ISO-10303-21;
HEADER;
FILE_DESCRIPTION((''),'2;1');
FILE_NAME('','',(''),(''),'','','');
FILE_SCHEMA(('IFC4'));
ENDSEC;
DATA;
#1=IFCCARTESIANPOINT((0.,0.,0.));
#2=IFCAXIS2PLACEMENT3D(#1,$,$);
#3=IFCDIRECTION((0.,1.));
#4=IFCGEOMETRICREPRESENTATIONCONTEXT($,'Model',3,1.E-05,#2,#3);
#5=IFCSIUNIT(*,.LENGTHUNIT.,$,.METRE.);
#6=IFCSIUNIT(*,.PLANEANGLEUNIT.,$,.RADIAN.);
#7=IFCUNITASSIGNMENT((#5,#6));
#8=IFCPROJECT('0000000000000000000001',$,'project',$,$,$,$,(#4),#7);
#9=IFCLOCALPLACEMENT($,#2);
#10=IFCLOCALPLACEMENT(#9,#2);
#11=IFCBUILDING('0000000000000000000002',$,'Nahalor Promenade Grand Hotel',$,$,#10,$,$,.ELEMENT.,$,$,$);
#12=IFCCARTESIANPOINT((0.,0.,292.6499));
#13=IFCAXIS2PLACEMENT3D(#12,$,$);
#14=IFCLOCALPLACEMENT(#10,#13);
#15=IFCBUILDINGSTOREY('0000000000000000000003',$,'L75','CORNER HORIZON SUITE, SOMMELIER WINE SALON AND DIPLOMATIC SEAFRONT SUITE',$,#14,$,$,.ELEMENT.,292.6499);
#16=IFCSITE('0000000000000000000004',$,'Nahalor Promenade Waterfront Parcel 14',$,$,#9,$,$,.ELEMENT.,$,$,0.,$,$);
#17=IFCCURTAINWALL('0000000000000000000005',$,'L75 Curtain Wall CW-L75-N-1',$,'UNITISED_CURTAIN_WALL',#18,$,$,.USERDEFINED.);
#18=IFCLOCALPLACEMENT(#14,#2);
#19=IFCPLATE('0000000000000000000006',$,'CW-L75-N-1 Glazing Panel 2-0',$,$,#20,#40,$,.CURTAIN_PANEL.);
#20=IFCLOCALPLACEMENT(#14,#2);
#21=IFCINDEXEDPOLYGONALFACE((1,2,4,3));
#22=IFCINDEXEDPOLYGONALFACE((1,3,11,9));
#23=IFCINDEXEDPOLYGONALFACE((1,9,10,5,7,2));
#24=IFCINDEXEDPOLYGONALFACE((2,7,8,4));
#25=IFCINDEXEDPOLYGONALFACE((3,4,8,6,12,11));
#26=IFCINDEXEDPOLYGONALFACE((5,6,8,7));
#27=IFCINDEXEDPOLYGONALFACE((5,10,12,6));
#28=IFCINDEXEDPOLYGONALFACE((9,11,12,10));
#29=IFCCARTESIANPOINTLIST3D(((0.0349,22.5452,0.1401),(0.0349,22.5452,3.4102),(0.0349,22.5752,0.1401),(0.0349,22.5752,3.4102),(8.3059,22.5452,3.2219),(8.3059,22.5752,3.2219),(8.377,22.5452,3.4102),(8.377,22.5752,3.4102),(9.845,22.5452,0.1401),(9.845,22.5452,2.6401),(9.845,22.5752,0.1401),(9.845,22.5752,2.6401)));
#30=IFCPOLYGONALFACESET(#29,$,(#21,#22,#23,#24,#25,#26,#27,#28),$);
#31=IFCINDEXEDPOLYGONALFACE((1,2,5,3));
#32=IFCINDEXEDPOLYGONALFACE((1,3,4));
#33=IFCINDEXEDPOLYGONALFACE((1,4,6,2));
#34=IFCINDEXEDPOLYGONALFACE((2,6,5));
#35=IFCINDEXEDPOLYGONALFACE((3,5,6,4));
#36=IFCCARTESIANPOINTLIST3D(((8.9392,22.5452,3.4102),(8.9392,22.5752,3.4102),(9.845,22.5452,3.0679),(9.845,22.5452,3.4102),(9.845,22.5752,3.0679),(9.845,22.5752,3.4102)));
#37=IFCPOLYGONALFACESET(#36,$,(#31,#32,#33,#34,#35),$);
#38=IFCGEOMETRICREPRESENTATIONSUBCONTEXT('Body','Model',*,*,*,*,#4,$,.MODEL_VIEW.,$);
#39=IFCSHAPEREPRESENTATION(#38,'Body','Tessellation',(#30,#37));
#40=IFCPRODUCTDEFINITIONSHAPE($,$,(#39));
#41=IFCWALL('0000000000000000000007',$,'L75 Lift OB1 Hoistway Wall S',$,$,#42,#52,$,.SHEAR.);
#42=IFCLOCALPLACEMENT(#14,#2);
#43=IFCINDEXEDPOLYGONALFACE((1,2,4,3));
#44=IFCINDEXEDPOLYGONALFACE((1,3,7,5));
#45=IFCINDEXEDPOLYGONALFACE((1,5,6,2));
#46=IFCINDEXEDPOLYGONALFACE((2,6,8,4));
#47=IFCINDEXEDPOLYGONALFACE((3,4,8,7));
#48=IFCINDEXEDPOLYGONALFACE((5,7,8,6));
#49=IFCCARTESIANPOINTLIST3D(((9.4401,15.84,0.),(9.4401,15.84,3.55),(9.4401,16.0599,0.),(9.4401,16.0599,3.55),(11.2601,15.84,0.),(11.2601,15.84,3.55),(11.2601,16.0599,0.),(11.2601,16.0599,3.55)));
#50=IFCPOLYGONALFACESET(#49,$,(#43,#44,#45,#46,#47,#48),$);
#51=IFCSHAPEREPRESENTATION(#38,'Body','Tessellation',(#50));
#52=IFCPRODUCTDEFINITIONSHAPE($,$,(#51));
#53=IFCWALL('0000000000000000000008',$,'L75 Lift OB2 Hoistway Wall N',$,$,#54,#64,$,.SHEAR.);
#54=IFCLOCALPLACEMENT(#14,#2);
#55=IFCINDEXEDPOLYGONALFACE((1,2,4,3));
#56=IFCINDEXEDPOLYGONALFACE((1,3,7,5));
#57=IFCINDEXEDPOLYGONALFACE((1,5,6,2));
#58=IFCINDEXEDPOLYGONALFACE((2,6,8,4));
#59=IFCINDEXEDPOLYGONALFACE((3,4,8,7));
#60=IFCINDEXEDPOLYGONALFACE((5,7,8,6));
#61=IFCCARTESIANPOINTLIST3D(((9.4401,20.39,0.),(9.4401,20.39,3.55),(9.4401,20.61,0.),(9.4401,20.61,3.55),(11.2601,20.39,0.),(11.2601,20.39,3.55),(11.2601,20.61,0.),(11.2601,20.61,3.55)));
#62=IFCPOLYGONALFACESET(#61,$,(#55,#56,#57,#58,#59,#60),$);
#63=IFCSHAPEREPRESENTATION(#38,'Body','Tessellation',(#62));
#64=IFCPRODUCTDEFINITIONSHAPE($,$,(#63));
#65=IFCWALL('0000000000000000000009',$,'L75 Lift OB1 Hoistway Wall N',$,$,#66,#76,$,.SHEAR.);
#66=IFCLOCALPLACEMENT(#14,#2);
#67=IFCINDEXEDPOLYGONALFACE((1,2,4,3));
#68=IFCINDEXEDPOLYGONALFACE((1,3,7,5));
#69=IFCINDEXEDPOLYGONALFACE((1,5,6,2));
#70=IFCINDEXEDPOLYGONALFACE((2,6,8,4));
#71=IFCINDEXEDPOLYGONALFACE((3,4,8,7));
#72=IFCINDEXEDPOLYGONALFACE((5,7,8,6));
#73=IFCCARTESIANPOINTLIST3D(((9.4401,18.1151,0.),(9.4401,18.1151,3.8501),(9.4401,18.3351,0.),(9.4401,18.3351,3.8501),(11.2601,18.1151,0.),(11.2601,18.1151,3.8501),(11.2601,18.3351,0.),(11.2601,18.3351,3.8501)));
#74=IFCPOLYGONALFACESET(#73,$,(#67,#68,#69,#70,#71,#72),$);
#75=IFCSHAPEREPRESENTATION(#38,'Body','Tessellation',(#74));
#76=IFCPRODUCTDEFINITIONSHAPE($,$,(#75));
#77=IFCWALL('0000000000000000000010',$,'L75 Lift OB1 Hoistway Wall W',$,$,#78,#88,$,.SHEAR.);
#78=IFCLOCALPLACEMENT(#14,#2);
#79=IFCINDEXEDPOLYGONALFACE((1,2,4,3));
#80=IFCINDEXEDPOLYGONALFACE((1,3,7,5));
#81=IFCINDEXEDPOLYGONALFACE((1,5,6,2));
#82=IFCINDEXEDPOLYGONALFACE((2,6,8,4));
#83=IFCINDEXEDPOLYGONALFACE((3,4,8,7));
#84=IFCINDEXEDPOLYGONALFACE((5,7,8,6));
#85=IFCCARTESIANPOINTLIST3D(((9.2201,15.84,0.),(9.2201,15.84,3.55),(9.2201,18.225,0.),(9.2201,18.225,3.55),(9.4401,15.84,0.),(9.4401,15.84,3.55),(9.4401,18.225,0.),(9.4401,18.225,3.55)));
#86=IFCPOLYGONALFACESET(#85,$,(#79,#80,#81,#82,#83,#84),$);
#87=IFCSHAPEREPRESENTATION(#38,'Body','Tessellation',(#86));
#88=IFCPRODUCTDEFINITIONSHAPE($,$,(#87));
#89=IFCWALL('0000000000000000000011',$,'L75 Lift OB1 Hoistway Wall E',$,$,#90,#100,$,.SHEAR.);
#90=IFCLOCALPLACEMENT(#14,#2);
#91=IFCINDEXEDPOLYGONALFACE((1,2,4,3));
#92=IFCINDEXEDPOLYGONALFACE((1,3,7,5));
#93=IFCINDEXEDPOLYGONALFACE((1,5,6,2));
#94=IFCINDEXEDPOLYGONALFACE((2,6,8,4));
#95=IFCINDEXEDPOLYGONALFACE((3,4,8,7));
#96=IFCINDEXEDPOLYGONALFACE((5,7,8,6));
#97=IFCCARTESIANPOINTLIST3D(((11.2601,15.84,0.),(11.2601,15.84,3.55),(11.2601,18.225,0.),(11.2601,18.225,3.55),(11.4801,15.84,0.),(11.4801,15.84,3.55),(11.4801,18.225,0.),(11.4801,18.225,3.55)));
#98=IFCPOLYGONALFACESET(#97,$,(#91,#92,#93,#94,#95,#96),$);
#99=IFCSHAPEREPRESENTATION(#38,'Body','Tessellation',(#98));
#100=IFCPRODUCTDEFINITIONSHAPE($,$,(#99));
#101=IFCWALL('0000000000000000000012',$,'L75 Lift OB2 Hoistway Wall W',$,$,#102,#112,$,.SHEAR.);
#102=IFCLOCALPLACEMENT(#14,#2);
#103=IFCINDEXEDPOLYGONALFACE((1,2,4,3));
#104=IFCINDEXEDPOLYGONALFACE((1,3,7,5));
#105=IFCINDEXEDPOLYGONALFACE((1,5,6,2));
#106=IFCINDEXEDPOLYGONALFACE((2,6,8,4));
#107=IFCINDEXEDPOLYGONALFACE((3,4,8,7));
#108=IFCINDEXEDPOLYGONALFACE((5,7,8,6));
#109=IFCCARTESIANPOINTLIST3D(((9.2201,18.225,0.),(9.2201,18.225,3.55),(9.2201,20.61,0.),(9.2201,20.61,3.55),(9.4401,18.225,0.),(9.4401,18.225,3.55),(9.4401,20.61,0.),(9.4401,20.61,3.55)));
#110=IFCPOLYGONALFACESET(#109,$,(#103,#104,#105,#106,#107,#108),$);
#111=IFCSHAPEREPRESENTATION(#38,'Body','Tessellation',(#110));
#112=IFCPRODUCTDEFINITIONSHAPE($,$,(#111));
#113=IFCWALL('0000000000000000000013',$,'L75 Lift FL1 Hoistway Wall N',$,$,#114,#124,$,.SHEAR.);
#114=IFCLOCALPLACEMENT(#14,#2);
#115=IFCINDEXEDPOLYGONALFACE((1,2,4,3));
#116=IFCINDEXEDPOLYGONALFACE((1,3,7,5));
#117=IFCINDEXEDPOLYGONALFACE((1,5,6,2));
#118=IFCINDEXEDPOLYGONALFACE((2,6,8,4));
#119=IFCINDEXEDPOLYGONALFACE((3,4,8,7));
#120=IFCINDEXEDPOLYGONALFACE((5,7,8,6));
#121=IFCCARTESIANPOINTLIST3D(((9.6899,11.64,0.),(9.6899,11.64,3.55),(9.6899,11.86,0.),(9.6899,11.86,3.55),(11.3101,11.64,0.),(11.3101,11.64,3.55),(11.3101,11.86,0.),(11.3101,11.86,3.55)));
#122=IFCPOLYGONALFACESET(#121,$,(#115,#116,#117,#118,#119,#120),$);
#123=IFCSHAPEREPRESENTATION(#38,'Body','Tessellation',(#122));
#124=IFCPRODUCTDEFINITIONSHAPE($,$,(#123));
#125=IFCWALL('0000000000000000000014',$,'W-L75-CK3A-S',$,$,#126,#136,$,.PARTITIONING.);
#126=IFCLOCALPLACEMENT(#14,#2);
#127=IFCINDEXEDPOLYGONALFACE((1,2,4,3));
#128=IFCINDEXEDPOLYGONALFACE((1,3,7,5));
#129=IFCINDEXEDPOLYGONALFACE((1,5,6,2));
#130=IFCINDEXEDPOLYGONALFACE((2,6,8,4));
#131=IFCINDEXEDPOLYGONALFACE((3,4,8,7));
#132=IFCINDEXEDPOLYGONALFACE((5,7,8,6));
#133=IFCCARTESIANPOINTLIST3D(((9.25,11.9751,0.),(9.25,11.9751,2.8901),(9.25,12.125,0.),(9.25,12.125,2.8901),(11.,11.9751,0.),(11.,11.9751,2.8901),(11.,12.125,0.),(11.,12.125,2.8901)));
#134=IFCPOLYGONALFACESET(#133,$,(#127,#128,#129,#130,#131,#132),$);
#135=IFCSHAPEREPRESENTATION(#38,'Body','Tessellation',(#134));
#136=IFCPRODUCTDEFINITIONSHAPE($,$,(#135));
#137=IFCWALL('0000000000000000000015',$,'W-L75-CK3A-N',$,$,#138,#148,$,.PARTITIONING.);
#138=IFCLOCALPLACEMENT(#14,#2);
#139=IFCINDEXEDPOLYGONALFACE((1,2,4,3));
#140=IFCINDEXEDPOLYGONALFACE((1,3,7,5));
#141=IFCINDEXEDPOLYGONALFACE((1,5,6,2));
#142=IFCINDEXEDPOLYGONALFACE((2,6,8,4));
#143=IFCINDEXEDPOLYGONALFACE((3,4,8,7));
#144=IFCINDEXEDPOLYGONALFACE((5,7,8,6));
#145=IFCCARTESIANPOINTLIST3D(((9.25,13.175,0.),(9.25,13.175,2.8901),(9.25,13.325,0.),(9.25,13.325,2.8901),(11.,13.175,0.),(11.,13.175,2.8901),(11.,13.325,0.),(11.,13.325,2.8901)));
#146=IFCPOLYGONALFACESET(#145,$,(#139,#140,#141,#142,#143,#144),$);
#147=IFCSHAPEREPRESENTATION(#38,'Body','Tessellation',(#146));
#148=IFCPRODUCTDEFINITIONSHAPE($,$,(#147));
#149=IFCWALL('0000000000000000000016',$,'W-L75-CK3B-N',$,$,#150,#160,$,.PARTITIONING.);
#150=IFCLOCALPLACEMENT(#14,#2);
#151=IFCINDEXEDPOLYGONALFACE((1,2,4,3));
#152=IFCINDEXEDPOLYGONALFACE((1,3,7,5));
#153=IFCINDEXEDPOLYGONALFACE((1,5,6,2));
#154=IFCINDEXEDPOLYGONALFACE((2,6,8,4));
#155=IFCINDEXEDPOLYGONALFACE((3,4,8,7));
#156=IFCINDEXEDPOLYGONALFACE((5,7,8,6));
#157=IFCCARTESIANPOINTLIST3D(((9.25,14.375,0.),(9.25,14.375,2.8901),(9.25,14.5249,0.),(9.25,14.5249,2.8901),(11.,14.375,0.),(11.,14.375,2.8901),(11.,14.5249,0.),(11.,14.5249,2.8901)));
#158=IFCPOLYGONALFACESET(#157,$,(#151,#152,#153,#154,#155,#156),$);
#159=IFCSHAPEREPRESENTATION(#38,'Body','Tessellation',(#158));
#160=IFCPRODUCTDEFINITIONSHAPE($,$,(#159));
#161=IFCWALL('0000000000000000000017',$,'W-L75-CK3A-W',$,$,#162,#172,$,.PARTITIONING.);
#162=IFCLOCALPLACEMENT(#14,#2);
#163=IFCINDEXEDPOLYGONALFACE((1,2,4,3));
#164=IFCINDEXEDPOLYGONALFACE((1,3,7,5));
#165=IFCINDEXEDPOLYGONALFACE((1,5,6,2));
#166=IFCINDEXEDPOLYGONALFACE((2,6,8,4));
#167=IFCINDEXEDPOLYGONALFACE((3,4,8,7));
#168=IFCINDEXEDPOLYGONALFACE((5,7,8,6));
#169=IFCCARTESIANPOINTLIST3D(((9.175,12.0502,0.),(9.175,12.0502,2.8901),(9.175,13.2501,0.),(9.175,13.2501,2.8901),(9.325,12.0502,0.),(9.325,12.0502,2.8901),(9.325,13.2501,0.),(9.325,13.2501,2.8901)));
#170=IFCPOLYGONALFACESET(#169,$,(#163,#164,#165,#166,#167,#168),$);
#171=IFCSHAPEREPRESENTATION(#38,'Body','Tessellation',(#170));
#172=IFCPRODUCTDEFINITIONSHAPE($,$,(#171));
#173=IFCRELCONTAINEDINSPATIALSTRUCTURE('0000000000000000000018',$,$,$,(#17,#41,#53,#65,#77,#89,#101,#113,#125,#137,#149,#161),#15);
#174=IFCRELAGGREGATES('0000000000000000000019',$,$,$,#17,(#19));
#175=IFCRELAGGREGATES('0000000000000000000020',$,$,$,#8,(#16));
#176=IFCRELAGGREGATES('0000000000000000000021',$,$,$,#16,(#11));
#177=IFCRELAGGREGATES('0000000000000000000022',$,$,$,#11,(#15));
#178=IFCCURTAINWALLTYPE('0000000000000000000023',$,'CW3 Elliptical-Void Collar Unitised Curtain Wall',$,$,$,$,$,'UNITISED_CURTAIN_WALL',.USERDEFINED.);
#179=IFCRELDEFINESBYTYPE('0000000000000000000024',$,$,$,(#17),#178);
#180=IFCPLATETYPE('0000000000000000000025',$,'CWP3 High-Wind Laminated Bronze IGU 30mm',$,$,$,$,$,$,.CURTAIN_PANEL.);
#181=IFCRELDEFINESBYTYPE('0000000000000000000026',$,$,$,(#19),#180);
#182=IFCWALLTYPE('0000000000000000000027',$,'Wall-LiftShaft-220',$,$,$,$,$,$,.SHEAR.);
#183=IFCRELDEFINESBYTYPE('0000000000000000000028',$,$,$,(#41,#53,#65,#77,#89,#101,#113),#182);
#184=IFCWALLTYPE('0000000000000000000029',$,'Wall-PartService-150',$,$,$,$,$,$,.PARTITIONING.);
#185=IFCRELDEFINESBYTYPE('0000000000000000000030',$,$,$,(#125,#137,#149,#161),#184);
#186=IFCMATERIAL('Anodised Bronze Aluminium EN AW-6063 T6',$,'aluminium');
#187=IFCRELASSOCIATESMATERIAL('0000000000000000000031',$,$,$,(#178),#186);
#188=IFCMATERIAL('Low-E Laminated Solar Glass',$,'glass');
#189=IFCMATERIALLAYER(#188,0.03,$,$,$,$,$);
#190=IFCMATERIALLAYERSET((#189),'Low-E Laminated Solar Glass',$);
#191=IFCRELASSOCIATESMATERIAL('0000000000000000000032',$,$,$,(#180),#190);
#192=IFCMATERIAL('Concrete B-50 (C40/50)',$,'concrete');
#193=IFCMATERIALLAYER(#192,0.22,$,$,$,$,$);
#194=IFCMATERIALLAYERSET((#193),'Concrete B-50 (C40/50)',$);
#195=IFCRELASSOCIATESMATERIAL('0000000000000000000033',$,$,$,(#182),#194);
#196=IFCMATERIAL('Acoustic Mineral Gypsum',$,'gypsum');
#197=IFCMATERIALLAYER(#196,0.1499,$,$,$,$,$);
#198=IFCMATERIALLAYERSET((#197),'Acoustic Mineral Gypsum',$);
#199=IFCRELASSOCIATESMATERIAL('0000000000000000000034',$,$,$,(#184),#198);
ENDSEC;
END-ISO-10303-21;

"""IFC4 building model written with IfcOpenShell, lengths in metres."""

from ifc_helpers import new_model, si_unit, direction, frame, frame_2d, origin, place, context, subcontext, project, spatial, polyline, rectangle, outline, extrude, source, transform, mapped, material, layer, layer_set, type_object, element, aggregate, save


model = new_model("IFC4")

# Units and contexts
model_context = context("Model", 3, precision=1e-05, world=origin(), true_north=direction((0.0, 1.0)))
body_context = subcontext(model_context, "Body", "Model", "MODEL_VIEW")
ifc_project = project(units=[si_unit("LENGTHUNIT", "METRE"), si_unit("PLANEANGLEUNIT", "RADIAN")], contexts=[model_context])

# Site, building, storey
site_placement = place(None, origin())
site = spatial("IfcSite", under=ifc_project, at=site_placement, Name="Nahalor Promenade Waterfront Parcel 14", CompositionType="ELEMENT", RefElevation=0.0)
building_placement = place(site_placement, origin())
building = spatial("IfcBuilding", under=site, at=building_placement, Name="Nahalor Promenade Grand Hotel", CompositionType="ELEMENT")
storey_placement = place(building_placement, frame((0.0, 0.0, 292.6499)))
storey = spatial("IfcBuildingStorey", under=building, at=storey_placement, Name="L75", Description="CORNER HORIZON SUITE, SOMMELIER WINE SALON AND DIPLOMATIC SEAFRONT SUITE", CompositionType="ELEMENT", Elevation=292.6499)

# Shared definitions
ifc_material_1 = material(Name="Concrete B-50 (C40/50)", Category="concrete")

# Curtain wall, plate
ifc_material_2 = material(Name="Anodised Bronze Aluminium EN AW-6063 T6", Category="aluminium")
curtain_wall_type = type_object("IfcCurtainWallType", Name="CW3 Elliptical-Void Collar Unitised Curtain Wall", ElementType="UNITISED_CURTAIN_WALL", PredefinedType="USERDEFINED", material=ifc_material_2)
curtain_wall_placement = place(storey_placement, origin())
curtain_wall = element("IfcCurtainWall", 1, at=curtain_wall_placement, inside=storey, type_object=curtain_wall_type, Name="L75 Curtain Wall CW-L75-N-1", ObjectType="UNITISED_CURTAIN_WALL", PredefinedType="USERDEFINED")
ifc_material_3 = material(Name="Low-E Laminated Solar Glass", Category="glass")
ifc_layer_1 = layer(ifc_material_3, 0.03)
ifc_layer_set_1 = layer_set([ifc_layer_1], Name="Low-E Laminated Solar Glass")
plate_type = type_object("IfcPlateType", Name="CWP3 High-Wind Laminated Bronze IGU 30mm", PredefinedType="CURTAIN_PANEL", material=ifc_layer_set_1)
plate_placement = place(storey_placement, frame((4.9399, 22.5601, 0.1401), z_axis=(0.0, 0.0, 1.0), x_axis=(1.0, 0.0, 0.0)))
plate = element("IfcPlate", 2, at=plate_placement, type_object=plate_type, Name="CW-L75-N-1 Glazing Panel 2-0", PredefinedType="CURTAIN_PANEL", context=body_context, shape_type="SweptSolid", body=[
    extrude(outline(polyline([(-4.905, 0.0), (4.905, 0.0), (4.905, 2.5), (3.366, 3.0818), (3.437, 3.27), (-4.905, 3.27), (-4.905, 0.0)])), frame((0.0, 0.0151, 0.0), z_axis=(0.0, -1.0, 0.0), x_axis=(1.0, 0.0, 0.0)), (0.0, 0.0, 1.0), 0.03),
    extrude(outline(polyline([(4.905, 2.9277), (4.905, 3.27), (3.9993, 3.27), (4.905, 2.9277)])), frame((0.0, 0.0151, 0.0), z_axis=(0.0, -1.0, 0.0), x_axis=(1.0, 0.0, 0.0)), (0.0, 0.0, 1.0), 0.03),
])
aggregate(curtain_wall, [plate])

# Walls
ifc_layer_2 = layer(ifc_material_1, 0.22)
ifc_layer_set_2 = layer_set([ifc_layer_2], Name="Concrete B-50 (C40/50)")
wall_type_1 = type_object("IfcWallType", Name="Wall-LiftShaft-220", PredefinedType="SHEAR", material=ifc_layer_set_2)
shared_shape_1 = source(origin(), body_context, "Body", "SweptSolid", [
    extrude(rectangle(XDim=1.8201, YDim=0.22, at=frame_2d((0.9102, 0.0))), origin(), (0.0, 0.0, 1.0), 3.55),
])
for number, where, z_axis, x_axis, name in (
    (3, (9.4399, 15.95, 0.0), (0.0, 0.0, 1.0), (1.0, 0.0, 0.0), "L75 Lift OB1 Hoistway Wall S"),
    (4, (9.4399, 20.5, 0.0), (0.0, 0.0, 1.0), (1.0, 0.0, 0.0), "L75 Lift OB2 Hoistway Wall N"),
):
    element("IfcWall", number, at=place(storey_placement, frame(where, z_axis=z_axis, x_axis=x_axis)), inside=storey, type_object=wall_type_1, Name=name, PredefinedType="SHEAR", context=body_context, shape_type="MappedRepresentation", body=[
        mapped(shared_shape_1, transform((0.0, 0.0, 0.0), scale=1.0)),
    ])
shared_shape_2 = source(origin(), body_context, "Body", "SweptSolid", [
    extrude(rectangle(XDim=1.8201, YDim=0.22, at=frame_2d((0.9102, 0.0))), origin(), (0.0, 0.0, 1.0), 3.8501),
])
wall_1_placement = place(storey_placement, frame((9.4399, 18.2251, 0.0), z_axis=(0.0, 0.0, 1.0), x_axis=(1.0, 0.0, 0.0)))
element("IfcWall", 5, at=wall_1_placement, inside=storey, type_object=wall_type_1, Name="L75 Lift OB1 Hoistway Wall N", PredefinedType="SHEAR", context=body_context, shape_type="MappedRepresentation", body=[
    mapped(shared_shape_2, transform((0.0, 0.0, 0.0), scale=1.0)),
])
shared_shape_3 = source(origin(), body_context, "Body", "SweptSolid", [
    extrude(rectangle(XDim=2.385, YDim=0.22, at=frame_2d((1.1924, 0.0))), origin(), (0.0, 0.0, 1.0), 3.55),
])
for number, where, z_axis, x_axis, name in (
    (6, (9.3301, 15.8401, 0.0), (0.0, 0.0, 1.0), (0.0, 1.0, 0.0), "L75 Lift OB1 Hoistway Wall W"),
    (7, (11.3701, 15.8401, 0.0), (0.0, 0.0, 1.0), (0.0, 1.0, 0.0), "L75 Lift OB1 Hoistway Wall E"),
    (8, (9.3301, 18.2251, 0.0), (0.0, 0.0, 1.0), (0.0, 1.0, 0.0), "L75 Lift OB2 Hoistway Wall W"),
):
    element("IfcWall", number, at=place(storey_placement, frame(where, z_axis=z_axis, x_axis=x_axis)), inside=storey, type_object=wall_type_1, Name=name, PredefinedType="SHEAR", context=body_context, shape_type="MappedRepresentation", body=[
        mapped(shared_shape_3, transform((0.0, 0.0, 0.0), scale=1.0)),
    ])
shared_shape_4 = source(origin(), body_context, "Body", "SweptSolid", [
    extrude(rectangle(XDim=1.6201, YDim=0.22, at=frame_2d((0.8101, 0.0))), origin(), (0.0, 0.0, 1.0), 3.55),
])
wall_2_placement = place(storey_placement, frame((9.6899, 11.75, 0.0), z_axis=(0.0, 0.0, 1.0), x_axis=(1.0, 0.0, 0.0)))
element("IfcWall", 9, at=wall_2_placement, inside=storey, type_object=wall_type_1, Name="L75 Lift FL1 Hoistway Wall N", PredefinedType="SHEAR", context=body_context, shape_type="MappedRepresentation", body=[
    mapped(shared_shape_4, transform((0.0, 0.0, 0.0), scale=1.0)),
])
ifc_material_4 = material(Name="Acoustic Mineral Gypsum", Category="gypsum")
ifc_layer_3 = layer(ifc_material_4, 0.1499)
ifc_layer_set_3 = layer_set([ifc_layer_3], Name="Acoustic Mineral Gypsum")
wall_type_2 = type_object("IfcWallType", Name="Wall-PartService-150", PredefinedType="PARTITIONING", material=ifc_layer_set_3)
shared_shape_5 = source(origin(), body_context, "Body", "SweptSolid", [
    extrude(rectangle(XDim=1.75, YDim=0.1499, at=frame_2d((0.875, 0.0))), origin(), (0.0, 0.0, 1.0), 2.8901),
])
for number, where, z_axis, x_axis, name in (
    (10, (9.25, 12.05, 0.0), (0.0, 0.0, 1.0), (1.0, 0.0, 0.0), "W-L75-CK3A-S"),
    (11, (9.25, 13.25, 0.0), (0.0, 0.0, 1.0), (1.0, 0.0, 0.0), "W-L75-CK3A-N"),
    (12, (9.25, 14.45, 0.0), (0.0, 0.0, 1.0), (1.0, 0.0, 0.0), "W-L75-CK3B-N"),
):
    element("IfcWall", number, at=place(storey_placement, frame(where, z_axis=z_axis, x_axis=x_axis)), inside=storey, type_object=wall_type_2, Name=name, PredefinedType="PARTITIONING", context=body_context, shape_type="MappedRepresentation", body=[
        mapped(shared_shape_5, transform((0.0, 0.0, 0.0), scale=1.0)),
    ])
shared_shape_6 = source(origin(), body_context, "Body", "SweptSolid", [
    extrude(rectangle(XDim=1.2, YDim=0.1499, at=frame_2d((0.6001, 0.0))), origin(), (0.0, 0.0, 1.0), 2.8901),
])
wall_3_placement = place(storey_placement, frame((9.25, 12.05, 0.0), z_axis=(0.0, 0.0, 1.0), x_axis=(0.0, 1.0, 0.0)))
element("IfcWall", 13, at=wall_3_placement, inside=storey, type_object=wall_type_2, Name="W-L75-CK3A-W", PredefinedType="PARTITIONING", context=body_context, shape_type="MappedRepresentation", body=[
    mapped(shared_shape_6, transform((0.0, 0.0, 0.0), scale=1.0)),
])

save(model, "model.ifc")
